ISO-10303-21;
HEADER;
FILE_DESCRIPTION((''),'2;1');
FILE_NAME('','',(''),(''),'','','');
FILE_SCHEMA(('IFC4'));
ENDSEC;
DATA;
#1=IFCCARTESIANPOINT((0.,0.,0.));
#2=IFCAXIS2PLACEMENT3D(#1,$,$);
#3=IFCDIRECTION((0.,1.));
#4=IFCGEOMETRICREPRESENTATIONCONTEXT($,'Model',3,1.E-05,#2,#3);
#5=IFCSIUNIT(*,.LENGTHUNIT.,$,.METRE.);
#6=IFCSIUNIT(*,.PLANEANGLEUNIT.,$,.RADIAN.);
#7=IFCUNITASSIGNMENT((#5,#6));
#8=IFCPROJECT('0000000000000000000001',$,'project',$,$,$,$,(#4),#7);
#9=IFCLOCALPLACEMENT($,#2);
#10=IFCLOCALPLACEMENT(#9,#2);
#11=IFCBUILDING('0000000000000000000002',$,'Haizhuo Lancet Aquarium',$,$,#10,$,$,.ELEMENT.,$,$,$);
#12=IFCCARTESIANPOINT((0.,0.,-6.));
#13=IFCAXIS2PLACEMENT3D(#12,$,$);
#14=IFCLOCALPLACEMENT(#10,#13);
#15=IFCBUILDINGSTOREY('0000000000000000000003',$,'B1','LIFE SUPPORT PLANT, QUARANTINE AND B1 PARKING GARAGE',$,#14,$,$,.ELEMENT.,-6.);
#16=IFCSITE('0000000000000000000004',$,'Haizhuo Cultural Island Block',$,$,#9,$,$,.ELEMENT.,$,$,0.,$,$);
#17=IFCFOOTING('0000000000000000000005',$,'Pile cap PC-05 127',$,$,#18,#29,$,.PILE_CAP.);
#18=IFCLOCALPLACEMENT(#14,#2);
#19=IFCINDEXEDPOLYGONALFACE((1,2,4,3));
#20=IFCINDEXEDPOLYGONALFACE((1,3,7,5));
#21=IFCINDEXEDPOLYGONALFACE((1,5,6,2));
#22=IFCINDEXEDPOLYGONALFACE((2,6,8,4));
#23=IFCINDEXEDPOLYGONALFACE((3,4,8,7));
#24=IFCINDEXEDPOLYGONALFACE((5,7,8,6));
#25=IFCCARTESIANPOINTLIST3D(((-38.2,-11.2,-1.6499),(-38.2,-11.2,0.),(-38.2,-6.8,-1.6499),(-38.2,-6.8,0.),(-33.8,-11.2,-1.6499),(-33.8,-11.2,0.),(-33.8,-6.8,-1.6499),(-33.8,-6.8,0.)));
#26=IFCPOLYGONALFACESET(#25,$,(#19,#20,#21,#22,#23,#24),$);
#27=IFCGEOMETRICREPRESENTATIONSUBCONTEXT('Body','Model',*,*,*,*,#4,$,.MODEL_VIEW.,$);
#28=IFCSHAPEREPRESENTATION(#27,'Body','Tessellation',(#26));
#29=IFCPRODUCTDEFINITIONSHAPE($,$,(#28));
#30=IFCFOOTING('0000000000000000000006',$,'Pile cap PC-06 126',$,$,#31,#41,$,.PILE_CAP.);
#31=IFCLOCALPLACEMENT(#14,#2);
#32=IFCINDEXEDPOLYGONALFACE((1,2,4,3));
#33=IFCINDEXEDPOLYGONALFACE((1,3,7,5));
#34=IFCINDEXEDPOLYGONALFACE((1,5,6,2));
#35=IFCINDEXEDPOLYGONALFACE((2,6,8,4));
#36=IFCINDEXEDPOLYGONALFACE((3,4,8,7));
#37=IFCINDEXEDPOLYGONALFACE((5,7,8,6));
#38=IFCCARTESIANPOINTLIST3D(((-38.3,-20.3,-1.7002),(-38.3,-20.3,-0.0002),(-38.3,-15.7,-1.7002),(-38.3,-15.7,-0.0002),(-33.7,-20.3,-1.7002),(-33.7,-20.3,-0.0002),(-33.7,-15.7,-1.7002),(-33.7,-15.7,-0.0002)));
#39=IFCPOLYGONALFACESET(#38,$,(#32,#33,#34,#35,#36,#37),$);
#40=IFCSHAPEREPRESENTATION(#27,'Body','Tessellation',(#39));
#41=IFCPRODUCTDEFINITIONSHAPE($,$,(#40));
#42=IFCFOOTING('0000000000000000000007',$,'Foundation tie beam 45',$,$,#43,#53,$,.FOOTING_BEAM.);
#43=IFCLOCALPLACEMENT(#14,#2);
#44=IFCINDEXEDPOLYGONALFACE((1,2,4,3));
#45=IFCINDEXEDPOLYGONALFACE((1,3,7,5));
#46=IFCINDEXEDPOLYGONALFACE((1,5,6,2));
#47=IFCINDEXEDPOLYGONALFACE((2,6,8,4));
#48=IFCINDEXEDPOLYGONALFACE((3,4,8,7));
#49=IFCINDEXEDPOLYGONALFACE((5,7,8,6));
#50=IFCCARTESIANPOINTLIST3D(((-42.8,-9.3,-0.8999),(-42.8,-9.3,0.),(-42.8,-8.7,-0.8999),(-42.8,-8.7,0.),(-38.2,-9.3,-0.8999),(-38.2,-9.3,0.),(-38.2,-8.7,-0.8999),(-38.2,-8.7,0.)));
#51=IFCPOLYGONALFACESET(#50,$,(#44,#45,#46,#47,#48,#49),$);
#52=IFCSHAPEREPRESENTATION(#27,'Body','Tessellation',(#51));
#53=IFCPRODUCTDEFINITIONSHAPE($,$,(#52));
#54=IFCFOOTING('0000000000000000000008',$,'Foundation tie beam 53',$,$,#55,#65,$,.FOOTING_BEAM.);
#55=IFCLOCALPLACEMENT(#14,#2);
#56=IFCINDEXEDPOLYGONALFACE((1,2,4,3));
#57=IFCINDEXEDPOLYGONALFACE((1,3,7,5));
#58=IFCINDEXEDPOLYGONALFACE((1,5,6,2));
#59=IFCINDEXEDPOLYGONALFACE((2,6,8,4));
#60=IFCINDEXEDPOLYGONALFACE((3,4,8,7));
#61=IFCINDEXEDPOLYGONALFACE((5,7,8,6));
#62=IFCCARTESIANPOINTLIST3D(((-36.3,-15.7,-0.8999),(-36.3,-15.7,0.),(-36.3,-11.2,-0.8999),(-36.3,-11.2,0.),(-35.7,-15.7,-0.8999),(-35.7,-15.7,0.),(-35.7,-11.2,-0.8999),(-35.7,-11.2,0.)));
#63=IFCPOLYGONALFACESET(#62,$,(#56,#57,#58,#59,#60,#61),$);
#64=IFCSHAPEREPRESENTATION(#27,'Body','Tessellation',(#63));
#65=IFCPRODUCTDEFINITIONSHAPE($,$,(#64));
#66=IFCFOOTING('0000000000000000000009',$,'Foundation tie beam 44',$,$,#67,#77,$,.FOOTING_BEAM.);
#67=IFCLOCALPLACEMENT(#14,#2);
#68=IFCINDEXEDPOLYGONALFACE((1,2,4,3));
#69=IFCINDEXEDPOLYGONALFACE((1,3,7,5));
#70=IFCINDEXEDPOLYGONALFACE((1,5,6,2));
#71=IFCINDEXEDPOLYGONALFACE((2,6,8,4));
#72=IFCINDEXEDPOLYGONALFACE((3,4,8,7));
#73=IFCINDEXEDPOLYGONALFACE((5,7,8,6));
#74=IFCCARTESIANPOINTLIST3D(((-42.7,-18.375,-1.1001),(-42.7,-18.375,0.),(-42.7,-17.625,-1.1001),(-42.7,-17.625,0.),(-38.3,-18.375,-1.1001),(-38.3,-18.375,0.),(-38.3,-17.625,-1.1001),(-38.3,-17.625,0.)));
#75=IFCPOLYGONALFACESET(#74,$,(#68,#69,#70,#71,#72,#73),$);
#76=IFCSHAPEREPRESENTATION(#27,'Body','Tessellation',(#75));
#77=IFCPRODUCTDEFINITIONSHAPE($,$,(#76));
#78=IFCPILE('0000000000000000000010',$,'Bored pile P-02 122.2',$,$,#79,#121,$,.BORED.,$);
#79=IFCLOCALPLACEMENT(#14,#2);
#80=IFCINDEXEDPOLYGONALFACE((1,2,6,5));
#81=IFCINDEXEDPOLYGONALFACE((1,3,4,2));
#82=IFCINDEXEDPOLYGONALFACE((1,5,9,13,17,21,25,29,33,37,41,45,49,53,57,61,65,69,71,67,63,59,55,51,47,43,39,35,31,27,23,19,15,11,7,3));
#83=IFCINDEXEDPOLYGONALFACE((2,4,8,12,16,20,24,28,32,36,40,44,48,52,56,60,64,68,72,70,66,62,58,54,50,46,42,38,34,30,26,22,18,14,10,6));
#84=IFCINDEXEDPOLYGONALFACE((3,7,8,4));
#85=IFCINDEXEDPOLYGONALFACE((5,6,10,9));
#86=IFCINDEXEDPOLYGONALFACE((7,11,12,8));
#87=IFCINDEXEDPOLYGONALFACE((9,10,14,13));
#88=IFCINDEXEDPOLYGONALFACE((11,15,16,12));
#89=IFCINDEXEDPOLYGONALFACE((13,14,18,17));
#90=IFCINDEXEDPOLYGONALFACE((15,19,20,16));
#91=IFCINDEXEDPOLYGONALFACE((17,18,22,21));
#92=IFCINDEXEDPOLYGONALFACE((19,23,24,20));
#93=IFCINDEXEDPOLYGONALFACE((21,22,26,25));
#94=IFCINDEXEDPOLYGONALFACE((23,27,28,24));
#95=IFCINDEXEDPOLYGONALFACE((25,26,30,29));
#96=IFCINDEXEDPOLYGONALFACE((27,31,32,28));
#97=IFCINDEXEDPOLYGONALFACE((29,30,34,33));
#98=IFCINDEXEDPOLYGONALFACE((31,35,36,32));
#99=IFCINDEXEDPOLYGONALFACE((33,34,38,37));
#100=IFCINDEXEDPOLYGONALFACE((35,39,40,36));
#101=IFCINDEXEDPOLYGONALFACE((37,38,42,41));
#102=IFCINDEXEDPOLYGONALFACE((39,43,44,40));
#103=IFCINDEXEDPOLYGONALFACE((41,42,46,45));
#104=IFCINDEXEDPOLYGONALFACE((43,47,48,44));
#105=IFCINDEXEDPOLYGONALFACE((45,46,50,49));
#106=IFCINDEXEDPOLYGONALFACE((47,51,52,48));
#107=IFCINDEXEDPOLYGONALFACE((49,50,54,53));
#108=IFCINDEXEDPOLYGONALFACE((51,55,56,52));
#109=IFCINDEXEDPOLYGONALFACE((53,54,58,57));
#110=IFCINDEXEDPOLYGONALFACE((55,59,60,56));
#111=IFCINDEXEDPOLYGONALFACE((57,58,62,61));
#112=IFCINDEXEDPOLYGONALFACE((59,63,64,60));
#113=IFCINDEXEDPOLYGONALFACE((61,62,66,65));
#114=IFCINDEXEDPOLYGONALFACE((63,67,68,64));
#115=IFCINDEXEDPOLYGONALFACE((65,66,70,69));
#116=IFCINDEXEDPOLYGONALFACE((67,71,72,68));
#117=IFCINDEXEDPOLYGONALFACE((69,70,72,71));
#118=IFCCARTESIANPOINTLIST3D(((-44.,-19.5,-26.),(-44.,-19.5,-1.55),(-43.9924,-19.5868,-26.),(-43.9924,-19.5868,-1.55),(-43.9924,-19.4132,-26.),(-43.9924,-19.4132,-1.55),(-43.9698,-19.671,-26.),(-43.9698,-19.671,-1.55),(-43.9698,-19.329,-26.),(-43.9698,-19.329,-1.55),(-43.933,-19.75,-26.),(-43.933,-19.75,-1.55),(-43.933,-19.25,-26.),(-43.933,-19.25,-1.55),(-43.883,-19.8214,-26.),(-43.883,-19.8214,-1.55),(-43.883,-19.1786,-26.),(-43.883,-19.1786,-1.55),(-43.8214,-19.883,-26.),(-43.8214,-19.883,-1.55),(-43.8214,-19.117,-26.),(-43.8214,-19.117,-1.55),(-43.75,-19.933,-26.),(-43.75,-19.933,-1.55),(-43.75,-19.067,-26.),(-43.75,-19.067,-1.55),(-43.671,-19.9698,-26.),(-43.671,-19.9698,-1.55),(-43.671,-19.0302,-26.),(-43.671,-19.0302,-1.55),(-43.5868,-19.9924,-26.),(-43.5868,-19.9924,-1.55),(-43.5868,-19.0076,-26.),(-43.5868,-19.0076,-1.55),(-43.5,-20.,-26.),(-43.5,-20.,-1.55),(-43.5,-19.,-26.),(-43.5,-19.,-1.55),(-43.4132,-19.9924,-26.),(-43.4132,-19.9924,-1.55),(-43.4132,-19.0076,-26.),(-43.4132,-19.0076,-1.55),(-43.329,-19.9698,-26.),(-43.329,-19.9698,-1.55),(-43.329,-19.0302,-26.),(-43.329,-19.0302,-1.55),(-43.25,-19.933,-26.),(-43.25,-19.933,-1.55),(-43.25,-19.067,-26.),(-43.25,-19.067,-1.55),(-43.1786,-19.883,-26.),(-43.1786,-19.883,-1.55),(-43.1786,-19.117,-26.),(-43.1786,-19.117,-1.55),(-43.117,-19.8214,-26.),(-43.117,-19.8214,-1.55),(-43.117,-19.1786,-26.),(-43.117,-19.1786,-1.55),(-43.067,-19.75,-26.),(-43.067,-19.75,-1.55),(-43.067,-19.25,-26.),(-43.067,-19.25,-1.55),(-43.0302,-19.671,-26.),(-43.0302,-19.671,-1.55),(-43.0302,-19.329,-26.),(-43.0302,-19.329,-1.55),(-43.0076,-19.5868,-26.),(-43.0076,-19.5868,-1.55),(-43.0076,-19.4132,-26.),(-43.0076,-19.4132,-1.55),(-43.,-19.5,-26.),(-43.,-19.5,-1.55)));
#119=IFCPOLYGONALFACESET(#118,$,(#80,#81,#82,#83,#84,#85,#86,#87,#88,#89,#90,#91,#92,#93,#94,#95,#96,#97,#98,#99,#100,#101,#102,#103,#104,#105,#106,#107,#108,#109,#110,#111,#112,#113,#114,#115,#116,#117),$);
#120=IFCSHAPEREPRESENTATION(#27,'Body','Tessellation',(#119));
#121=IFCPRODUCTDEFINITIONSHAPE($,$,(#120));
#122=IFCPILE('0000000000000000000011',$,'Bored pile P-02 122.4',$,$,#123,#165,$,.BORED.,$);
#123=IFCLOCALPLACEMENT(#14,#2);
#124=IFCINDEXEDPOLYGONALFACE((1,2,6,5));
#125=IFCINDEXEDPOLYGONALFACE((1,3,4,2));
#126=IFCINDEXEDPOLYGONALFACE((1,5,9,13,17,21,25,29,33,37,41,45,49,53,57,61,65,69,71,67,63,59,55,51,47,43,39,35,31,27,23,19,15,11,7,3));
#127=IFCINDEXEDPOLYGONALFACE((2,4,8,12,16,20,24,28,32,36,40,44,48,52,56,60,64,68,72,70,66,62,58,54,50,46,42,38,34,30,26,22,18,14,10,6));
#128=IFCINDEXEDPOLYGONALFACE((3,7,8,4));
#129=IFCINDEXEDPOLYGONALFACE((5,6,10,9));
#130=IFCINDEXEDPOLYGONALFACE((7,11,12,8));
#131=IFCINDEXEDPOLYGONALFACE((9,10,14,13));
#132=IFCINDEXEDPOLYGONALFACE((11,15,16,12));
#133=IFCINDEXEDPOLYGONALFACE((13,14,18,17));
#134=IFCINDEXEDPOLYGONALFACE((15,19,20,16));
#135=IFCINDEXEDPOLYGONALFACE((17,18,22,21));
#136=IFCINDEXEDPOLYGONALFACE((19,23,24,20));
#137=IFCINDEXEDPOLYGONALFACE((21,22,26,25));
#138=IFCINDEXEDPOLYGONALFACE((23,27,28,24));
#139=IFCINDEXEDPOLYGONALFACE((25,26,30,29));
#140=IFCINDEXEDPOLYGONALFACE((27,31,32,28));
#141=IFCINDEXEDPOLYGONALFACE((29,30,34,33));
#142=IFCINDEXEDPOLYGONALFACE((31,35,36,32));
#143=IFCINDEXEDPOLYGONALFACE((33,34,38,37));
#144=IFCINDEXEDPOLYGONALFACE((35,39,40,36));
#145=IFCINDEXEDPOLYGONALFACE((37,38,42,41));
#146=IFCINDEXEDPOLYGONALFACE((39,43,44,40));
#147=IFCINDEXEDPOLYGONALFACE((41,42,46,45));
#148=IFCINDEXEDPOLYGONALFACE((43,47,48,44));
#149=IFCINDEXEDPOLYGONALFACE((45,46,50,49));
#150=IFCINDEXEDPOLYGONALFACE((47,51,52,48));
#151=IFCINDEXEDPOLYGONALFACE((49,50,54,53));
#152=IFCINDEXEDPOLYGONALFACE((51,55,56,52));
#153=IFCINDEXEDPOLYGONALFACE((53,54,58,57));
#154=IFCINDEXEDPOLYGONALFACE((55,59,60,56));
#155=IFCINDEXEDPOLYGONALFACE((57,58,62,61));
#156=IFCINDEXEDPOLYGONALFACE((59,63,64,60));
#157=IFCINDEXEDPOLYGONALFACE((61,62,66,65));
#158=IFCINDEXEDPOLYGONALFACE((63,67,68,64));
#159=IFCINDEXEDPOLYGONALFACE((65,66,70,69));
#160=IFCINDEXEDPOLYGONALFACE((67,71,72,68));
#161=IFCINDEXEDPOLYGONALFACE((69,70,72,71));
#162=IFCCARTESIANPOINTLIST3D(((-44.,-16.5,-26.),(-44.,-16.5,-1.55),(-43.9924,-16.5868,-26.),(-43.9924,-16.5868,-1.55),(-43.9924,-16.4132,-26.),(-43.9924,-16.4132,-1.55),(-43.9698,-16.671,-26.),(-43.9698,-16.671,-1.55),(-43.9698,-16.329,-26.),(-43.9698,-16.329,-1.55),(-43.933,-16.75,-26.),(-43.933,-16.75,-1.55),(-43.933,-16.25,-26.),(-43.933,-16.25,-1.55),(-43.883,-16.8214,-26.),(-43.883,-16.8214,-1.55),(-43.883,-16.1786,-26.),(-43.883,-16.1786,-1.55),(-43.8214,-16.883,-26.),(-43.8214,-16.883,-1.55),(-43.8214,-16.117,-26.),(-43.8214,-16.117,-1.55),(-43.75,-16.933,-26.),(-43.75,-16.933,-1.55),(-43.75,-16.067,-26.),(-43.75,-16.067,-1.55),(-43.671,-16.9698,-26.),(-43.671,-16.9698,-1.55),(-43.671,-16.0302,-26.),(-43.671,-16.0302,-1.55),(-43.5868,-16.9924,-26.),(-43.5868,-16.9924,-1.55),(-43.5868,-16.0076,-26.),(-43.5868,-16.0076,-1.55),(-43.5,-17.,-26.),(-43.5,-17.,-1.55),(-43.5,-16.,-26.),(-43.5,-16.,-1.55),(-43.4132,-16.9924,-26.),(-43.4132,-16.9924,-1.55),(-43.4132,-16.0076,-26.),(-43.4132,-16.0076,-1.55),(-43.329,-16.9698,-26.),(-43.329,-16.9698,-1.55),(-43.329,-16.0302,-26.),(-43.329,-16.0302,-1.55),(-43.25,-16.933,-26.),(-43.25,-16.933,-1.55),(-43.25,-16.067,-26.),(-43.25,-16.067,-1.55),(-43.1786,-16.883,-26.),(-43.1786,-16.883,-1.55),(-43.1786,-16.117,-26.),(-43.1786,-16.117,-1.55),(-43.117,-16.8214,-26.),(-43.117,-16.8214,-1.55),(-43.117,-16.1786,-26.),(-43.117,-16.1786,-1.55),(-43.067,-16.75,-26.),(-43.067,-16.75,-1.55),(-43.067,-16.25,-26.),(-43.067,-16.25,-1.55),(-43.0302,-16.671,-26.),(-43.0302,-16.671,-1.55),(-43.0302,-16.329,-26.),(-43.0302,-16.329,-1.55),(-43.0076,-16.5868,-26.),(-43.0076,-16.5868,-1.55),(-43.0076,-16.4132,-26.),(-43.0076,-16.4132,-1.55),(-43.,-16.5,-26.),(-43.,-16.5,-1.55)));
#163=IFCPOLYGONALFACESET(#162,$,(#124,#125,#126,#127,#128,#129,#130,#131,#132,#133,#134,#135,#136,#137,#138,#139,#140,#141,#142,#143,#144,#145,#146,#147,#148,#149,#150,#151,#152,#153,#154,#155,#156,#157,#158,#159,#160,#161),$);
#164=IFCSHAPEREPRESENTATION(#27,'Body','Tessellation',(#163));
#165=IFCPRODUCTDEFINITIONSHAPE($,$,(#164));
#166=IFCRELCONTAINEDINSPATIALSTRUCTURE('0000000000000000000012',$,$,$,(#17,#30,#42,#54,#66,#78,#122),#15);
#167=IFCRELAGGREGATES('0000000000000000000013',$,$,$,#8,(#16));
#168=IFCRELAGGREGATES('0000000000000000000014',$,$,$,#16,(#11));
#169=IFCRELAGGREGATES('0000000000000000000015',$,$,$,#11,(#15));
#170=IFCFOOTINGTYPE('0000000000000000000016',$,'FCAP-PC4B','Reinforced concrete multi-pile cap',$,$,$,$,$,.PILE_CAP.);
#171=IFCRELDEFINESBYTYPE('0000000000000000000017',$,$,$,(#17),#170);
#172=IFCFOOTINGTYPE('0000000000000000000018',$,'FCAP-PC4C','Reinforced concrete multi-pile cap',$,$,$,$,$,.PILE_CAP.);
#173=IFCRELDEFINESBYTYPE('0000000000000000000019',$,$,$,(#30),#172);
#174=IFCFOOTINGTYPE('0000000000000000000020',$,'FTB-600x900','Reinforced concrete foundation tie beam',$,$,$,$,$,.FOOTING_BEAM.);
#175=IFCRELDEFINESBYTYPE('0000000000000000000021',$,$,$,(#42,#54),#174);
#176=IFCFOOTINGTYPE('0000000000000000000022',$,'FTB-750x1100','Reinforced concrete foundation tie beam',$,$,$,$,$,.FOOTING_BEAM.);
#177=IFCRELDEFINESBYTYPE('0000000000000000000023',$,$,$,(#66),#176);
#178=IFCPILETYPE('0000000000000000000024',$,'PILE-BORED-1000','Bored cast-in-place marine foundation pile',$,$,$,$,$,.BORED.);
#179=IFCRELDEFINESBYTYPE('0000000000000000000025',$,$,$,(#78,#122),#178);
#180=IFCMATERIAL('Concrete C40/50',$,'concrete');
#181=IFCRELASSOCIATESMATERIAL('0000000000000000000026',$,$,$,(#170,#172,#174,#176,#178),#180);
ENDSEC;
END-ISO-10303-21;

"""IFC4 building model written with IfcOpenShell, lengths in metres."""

from ifc_helpers import new_model, si_unit, direction, frame, origin, origin_2d, place, context, subcontext, project, spatial, rectangle, circle, extrude, material, material_profile, profile_set, type_object, element, save


model = new_model("IFC4")

# Units and contexts
model_context = context("Model", 3, precision=1e-05, world=origin(), true_north=direction((0.0, 1.0)))
body_context = subcontext(model_context, "Body", "Model", "MODEL_VIEW")
ifc_project = project(units=[si_unit("LENGTHUNIT", "METRE"), si_unit("PLANEANGLEUNIT", "RADIAN")], contexts=[model_context])

# Site, building, storey
site_placement = place(None, origin())
site = spatial("IfcSite", under=ifc_project, at=site_placement, Name="Haizhuo Cultural Island Block", CompositionType="ELEMENT", RefElevation=0.0)
building_placement = place(site_placement, origin())
building = spatial("IfcBuilding", under=site, at=building_placement, Name="Haizhuo Lancet Aquarium", CompositionType="ELEMENT")
storey_placement = place(building_placement, frame((0.0, 0.0, -6.0)))
storey = spatial("IfcBuildingStorey", under=building, at=storey_placement, Name="B1", Description="LIFE SUPPORT PLANT, QUARANTINE AND B1 PARKING GARAGE", CompositionType="ELEMENT", Elevation=-6.0)

# Footings
ifc_material_1 = material(Name="Concrete C40/50", Category="concrete")
footing_type_1 = type_object("IfcFootingType", Name="FCAP-PC4B", Description="Reinforced concrete multi-pile cap", PredefinedType="PILE_CAP", material=ifc_material_1)
footing_1_placement = place(storey_placement, frame((-36.0, -9.0, -1.6499), z_axis=(0.0, 0.0, 1.0), x_axis=(1.0, 0.0, 0.0)))
element("IfcFooting", 1, at=footing_1_placement, inside=storey, type_object=footing_type_1, Name="Pile cap PC-05 127", PredefinedType="PILE_CAP", context=body_context, shape_type="SweptSolid", body=[
    extrude(rectangle(XDim=4.3999, YDim=4.3999, at=origin_2d()), origin(), (0.0, 0.0, 1.0), 1.6499),
])
footing_type_2 = type_object("IfcFootingType", Name="FCAP-PC4C", Description="Reinforced concrete multi-pile cap", PredefinedType="PILE_CAP", material=ifc_material_1)
footing_2_placement = place(storey_placement, frame((-36.0, -18.0, -1.7002), z_axis=(0.0, 0.0, 1.0), x_axis=(1.0, 0.0, 0.0)))
element("IfcFooting", 2, at=footing_2_placement, inside=storey, type_object=footing_type_2, Name="Pile cap PC-06 126", PredefinedType="PILE_CAP", context=body_context, shape_type="SweptSolid", body=[
    extrude(rectangle(XDim=4.6001, YDim=4.6001, at=origin_2d()), origin(), (0.0, 0.0, 1.0), 1.7),
])
footing_type_3 = type_object("IfcFootingType", Name="FTB-600x900", Description="Reinforced concrete foundation tie beam", PredefinedType="FOOTING_BEAM", material=ifc_material_1)
footing_3_placement = place(storey_placement, frame((-40.5, -9.0, -0.8999), z_axis=(0.0, 0.0, 1.0), x_axis=(1.0, 0.0, 0.0)))
element("IfcFooting", 3, at=footing_3_placement, inside=storey, type_object=footing_type_3, Name="Foundation tie beam 45", PredefinedType="FOOTING_BEAM", context=body_context, shape_type="SweptSolid", body=[
    extrude(rectangle(XDim=4.6001, YDim=0.6001, at=origin_2d()), origin(), (0.0, 0.0, 1.0), 0.8999),
])
footing_4_placement = place(storey_placement, frame((-36.0, -13.45, -0.8999), z_axis=(0.0, 0.0, 1.0), x_axis=(0.0, 1.0, 0.0)))
element("IfcFooting", 4, at=footing_4_placement, inside=storey, type_object=footing_type_3, Name="Foundation tie beam 53", PredefinedType="FOOTING_BEAM", context=body_context, shape_type="SweptSolid", body=[
    extrude(rectangle(XDim=4.5, YDim=0.6001, at=origin_2d()), origin(), (0.0, 0.0, 1.0), 0.8999),
])
footing_type_4 = type_object("IfcFootingType", Name="FTB-750x1100", Description="Reinforced concrete foundation tie beam", PredefinedType="FOOTING_BEAM", material=ifc_material_1)
footing_5_placement = place(storey_placement, frame((-40.5, -18.0, -1.1001), z_axis=(0.0, 0.0, 1.0), x_axis=(1.0, 0.0, 0.0)))
element("IfcFooting", 5, at=footing_5_placement, inside=storey, type_object=footing_type_4, Name="Foundation tie beam 44", PredefinedType="FOOTING_BEAM", context=body_context, shape_type="SweptSolid", body=[
    extrude(rectangle(XDim=4.3999, YDim=0.75, at=origin_2d()), origin(), (0.0, 0.0, 1.0), 1.1001),
])

# Piles
ifc_material_profile_1 = material_profile(ifc_material_1, circle(Radius=0.5, at=origin_2d()), Name="PILE-1000")
ifc_profile_set_1 = profile_set([ifc_material_profile_1], Name="Concrete C40/50")
pile_type = type_object("IfcPileType", Name="PILE-BORED-1000", Description="Bored cast-in-place marine foundation pile", PredefinedType="BORED", material=ifc_profile_set_1)
for number, where, z_axis, x_axis, name in (
    (6, (-43.5, -19.5, -1.55), (0.0, 0.0, -1.0), (1.0, 0.0, 0.0), "Bored pile P-02 122.2"),
    (7, (-43.5, -16.5, -1.55), (0.0, 0.0, -1.0), (1.0, 0.0, 0.0), "Bored pile P-02 122.4"),
):
    element("IfcPile", number, at=place(storey_placement, frame(where, z_axis=z_axis, x_axis=x_axis)), inside=storey, type_object=pile_type, Name=name, PredefinedType="BORED", context=body_context, shape_type="SweptSolid", body=[
        extrude(circle(Radius=0.5, at=origin_2d()), origin(), (0.0, 0.0, 1.0), 24.45),
    ])

save(model, "model.ifc")
